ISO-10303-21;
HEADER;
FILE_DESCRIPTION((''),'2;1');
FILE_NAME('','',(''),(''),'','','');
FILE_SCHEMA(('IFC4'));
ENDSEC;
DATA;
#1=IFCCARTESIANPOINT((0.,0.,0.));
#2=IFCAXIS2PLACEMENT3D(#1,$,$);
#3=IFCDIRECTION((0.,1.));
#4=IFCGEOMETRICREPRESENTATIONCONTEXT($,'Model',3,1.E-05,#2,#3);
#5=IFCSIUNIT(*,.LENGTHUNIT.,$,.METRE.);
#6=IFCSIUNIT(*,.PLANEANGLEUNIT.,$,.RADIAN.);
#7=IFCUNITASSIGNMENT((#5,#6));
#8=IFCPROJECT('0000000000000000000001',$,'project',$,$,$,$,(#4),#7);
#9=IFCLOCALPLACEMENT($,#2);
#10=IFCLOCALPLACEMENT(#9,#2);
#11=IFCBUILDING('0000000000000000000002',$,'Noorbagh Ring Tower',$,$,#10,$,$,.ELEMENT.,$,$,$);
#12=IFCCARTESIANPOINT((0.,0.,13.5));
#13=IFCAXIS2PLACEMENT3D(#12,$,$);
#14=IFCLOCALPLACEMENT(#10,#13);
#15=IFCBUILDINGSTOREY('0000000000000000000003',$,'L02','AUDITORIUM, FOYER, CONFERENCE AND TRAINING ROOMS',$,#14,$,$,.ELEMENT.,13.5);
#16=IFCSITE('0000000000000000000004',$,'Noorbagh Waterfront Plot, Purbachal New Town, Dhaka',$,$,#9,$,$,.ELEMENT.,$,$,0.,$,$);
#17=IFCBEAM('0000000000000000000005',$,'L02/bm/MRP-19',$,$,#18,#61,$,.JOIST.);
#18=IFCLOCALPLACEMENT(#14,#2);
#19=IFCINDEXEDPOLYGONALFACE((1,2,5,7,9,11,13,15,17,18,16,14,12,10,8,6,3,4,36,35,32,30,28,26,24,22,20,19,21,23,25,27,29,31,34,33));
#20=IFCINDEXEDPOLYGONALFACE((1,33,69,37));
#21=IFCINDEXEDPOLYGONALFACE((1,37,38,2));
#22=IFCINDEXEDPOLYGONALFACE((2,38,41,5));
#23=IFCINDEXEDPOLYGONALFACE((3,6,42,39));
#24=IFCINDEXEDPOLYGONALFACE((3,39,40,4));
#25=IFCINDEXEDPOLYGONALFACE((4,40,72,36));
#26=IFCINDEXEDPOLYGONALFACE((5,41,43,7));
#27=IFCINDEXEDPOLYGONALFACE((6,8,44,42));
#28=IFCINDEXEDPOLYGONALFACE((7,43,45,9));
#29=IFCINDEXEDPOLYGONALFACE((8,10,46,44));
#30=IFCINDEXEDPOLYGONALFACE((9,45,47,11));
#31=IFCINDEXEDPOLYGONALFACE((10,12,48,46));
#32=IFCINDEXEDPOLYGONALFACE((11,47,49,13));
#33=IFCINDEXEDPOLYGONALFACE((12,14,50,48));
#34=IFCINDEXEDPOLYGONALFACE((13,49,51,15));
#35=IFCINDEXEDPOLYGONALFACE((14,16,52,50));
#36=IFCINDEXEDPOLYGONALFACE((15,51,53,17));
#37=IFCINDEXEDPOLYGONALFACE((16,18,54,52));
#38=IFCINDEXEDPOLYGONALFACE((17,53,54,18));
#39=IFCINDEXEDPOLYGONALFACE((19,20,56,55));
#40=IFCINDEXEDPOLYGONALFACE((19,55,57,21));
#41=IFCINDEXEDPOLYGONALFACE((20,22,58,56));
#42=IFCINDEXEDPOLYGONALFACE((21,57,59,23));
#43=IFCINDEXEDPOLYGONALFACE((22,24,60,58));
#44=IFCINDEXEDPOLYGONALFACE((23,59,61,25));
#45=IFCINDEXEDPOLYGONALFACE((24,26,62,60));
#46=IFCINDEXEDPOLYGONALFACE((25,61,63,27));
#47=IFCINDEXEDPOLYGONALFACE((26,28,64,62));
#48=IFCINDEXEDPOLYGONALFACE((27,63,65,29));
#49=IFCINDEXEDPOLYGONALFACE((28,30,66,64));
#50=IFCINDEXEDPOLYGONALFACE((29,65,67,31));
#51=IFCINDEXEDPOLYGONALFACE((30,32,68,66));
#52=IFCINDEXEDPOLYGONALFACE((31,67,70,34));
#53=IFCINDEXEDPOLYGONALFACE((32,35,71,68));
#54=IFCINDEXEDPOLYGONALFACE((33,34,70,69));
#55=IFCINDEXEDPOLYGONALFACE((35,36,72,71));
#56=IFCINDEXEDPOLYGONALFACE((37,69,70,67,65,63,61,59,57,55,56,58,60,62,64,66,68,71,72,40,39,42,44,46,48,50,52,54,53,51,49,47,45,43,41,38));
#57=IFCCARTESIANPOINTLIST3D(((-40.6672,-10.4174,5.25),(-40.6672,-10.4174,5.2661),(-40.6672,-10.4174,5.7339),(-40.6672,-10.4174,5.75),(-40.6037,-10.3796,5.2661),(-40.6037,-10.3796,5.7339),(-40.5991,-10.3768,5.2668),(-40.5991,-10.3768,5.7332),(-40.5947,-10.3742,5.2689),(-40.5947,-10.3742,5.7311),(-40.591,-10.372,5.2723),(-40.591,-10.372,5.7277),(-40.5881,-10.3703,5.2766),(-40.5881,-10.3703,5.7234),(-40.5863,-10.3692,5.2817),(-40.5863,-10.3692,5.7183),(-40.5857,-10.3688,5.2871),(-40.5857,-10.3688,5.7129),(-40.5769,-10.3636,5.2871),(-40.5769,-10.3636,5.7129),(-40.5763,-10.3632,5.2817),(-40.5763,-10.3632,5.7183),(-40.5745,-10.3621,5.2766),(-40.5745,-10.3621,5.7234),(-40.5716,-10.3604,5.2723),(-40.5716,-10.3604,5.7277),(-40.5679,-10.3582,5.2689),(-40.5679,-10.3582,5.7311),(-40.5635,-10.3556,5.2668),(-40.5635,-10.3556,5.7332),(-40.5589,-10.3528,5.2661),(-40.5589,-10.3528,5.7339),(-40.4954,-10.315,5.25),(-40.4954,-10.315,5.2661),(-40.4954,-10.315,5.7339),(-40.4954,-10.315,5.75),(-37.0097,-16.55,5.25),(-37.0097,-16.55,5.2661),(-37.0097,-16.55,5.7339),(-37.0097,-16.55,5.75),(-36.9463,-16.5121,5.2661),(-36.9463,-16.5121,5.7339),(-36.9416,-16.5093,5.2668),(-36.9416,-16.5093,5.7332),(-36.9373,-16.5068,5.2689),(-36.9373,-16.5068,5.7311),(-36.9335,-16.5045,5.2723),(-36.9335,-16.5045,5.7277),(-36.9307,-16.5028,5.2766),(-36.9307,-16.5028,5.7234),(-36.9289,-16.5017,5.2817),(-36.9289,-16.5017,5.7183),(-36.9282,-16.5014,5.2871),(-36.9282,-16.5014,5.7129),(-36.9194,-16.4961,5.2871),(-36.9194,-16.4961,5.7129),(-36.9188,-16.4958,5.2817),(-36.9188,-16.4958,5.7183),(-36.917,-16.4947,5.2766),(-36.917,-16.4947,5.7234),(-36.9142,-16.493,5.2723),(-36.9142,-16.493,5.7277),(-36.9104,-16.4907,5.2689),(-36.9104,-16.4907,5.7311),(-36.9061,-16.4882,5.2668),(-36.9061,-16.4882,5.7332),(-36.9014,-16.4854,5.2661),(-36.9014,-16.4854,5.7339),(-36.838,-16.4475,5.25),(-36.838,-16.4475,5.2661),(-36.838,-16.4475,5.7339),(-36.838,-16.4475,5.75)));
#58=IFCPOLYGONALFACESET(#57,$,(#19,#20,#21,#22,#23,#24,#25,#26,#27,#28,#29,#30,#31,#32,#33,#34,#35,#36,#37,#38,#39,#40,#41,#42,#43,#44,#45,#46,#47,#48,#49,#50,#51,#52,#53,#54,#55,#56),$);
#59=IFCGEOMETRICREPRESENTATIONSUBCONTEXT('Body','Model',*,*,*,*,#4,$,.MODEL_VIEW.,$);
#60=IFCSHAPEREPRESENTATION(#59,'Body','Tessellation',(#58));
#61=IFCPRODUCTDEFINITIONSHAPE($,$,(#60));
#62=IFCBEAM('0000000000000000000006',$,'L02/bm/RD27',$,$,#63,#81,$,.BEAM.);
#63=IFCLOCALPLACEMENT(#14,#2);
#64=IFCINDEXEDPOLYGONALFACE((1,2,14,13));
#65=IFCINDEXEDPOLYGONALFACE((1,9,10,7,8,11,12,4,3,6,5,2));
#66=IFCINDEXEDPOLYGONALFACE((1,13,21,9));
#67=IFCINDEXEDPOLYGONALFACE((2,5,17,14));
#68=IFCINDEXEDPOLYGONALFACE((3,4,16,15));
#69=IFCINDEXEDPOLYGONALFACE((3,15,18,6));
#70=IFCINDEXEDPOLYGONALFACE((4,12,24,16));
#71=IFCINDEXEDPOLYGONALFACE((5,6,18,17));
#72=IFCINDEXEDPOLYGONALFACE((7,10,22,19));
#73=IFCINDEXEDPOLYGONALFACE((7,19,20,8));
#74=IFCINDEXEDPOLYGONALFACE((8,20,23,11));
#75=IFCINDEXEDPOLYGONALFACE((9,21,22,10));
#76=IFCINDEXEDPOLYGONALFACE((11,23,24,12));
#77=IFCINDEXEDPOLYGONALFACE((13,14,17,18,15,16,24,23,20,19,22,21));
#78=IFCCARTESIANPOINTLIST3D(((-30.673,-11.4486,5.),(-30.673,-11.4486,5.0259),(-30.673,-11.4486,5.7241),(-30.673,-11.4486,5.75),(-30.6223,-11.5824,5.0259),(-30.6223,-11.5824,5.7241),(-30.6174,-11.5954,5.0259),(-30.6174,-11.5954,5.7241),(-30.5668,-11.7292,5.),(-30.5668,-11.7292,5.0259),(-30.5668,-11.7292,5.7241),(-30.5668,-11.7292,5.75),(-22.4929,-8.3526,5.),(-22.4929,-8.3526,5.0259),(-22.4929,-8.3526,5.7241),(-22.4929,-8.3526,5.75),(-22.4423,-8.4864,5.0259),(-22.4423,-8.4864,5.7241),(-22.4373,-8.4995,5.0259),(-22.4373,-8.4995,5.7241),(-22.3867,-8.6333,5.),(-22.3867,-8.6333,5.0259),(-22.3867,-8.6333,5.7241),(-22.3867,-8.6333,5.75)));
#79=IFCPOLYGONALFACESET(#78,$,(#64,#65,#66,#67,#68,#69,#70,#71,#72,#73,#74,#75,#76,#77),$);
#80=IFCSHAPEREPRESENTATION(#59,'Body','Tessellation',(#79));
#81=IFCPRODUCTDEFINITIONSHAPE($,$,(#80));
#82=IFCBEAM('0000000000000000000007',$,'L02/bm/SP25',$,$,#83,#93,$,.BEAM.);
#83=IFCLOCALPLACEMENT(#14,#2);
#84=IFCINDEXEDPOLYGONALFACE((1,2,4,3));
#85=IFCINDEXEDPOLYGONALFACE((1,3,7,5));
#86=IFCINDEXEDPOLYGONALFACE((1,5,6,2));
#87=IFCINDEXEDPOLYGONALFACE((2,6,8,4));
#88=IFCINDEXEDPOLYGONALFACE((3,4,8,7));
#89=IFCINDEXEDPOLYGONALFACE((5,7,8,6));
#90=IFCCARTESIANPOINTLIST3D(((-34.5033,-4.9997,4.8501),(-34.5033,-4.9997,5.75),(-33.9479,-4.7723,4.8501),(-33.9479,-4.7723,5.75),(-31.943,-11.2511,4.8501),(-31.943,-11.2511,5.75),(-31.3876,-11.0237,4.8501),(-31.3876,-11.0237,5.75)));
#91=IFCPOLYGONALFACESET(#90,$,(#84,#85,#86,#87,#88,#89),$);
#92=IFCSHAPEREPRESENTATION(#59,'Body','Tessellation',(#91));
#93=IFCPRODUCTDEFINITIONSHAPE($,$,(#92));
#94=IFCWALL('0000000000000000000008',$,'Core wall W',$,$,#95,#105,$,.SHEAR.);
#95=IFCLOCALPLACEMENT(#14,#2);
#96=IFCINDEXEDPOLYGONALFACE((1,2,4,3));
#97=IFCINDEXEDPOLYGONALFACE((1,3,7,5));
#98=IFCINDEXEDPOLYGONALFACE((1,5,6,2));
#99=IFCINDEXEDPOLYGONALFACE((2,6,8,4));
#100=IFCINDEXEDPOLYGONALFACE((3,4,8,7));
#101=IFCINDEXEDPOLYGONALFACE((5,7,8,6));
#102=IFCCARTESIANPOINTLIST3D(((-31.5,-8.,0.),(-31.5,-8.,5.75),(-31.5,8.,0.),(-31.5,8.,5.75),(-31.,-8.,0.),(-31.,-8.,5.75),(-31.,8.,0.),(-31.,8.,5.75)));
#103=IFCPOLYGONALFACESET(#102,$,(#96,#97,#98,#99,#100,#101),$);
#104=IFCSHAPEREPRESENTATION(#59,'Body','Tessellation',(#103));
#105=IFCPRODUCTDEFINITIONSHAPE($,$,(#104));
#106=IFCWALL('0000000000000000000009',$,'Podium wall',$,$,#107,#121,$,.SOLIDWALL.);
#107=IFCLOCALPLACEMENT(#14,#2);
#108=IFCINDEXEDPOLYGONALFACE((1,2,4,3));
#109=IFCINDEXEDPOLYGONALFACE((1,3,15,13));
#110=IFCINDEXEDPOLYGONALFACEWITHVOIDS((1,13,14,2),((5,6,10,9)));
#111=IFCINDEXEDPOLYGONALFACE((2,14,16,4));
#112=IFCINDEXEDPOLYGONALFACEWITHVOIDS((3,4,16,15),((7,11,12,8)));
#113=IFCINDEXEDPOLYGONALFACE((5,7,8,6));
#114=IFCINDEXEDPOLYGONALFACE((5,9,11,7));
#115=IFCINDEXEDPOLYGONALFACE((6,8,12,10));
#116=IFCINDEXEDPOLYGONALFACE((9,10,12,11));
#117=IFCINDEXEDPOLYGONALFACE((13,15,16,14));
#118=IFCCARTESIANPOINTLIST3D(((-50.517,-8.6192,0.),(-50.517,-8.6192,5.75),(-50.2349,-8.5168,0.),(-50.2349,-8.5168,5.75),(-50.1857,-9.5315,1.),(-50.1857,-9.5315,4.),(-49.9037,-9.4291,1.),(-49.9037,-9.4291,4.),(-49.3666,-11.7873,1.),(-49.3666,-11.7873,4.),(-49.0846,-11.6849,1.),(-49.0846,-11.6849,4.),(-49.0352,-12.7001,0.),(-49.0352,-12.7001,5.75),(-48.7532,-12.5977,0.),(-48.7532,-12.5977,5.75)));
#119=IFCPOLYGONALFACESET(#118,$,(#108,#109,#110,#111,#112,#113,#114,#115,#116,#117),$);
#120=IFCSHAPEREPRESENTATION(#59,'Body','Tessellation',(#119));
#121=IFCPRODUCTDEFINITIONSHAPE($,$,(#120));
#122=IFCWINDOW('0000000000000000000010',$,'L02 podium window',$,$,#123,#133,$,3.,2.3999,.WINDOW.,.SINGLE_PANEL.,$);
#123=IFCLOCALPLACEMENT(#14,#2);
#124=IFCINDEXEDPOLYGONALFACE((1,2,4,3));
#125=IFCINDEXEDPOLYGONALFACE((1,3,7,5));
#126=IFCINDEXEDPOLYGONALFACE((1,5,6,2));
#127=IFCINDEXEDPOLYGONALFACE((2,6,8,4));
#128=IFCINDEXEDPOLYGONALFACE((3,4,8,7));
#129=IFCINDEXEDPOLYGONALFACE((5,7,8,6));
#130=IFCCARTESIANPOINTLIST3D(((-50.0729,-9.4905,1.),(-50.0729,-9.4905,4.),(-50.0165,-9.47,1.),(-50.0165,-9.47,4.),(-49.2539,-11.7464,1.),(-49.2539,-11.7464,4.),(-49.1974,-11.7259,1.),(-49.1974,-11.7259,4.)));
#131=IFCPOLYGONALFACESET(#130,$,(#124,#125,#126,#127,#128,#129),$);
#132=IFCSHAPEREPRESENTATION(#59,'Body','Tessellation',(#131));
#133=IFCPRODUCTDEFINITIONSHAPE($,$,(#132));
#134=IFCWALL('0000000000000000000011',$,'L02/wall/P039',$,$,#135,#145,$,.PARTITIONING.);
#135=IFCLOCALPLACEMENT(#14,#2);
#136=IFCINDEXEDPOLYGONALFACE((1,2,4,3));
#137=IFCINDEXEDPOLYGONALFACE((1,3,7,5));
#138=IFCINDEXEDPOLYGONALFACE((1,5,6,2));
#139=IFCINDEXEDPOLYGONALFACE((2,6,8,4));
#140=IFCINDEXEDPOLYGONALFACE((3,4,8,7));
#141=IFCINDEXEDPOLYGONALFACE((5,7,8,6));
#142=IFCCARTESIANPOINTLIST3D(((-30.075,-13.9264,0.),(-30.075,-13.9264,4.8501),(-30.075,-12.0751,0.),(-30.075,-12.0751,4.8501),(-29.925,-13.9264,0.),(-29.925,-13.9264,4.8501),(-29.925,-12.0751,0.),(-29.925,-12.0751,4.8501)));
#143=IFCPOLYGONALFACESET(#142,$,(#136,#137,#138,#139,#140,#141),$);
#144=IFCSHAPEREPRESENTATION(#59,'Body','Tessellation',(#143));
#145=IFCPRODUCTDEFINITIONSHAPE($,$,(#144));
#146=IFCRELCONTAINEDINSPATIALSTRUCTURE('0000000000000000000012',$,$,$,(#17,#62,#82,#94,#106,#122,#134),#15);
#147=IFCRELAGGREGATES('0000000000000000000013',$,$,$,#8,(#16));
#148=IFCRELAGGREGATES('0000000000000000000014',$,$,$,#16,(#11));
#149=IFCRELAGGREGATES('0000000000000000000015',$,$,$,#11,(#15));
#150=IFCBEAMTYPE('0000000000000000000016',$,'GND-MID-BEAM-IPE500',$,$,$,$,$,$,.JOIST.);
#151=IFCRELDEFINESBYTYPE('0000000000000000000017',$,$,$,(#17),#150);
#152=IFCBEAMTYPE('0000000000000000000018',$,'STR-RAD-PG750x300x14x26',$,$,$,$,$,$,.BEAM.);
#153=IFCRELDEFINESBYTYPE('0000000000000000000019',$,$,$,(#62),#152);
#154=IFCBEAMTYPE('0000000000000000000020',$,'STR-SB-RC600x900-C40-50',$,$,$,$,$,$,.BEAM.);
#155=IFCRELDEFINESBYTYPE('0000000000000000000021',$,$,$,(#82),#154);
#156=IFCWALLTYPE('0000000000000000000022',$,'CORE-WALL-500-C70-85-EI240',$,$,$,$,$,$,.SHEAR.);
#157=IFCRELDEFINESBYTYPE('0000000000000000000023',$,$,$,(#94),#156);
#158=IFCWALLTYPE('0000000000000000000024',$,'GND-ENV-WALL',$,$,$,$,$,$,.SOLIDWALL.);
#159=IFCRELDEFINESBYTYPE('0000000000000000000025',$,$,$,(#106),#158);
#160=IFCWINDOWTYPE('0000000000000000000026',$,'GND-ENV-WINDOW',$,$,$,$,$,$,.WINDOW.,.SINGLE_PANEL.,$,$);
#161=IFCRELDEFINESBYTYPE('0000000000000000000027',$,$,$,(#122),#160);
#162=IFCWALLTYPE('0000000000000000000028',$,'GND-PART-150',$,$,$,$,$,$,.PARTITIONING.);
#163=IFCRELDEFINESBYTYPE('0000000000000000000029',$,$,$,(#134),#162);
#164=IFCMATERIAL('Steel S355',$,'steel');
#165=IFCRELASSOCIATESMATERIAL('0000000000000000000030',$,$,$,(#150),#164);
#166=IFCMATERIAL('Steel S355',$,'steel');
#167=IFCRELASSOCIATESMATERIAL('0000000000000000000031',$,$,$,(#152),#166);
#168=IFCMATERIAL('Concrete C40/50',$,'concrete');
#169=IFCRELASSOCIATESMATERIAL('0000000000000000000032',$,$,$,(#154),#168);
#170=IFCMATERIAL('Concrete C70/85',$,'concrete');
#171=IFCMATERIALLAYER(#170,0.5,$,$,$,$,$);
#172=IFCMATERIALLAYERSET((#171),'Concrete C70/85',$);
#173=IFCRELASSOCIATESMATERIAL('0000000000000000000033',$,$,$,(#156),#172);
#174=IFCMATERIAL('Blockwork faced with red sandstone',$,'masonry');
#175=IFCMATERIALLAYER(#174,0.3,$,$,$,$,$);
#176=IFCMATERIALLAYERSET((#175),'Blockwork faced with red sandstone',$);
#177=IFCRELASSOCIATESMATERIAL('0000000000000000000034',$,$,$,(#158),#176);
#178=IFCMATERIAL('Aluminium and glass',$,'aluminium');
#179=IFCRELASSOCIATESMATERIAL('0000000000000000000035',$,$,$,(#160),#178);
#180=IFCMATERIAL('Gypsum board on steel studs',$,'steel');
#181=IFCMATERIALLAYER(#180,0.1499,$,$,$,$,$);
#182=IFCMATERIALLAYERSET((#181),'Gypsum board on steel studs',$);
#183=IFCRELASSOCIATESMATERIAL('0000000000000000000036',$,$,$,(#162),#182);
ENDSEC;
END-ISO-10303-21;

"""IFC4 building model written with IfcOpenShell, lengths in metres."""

from ifc_helpers import new_model, si_unit, direction, frame, frame_2d, origin, origin_2d, place, context, subcontext, project, spatial, rectangle, i_section, extrude, material, layer, layer_set, material_profile, profile_set, type_object, element, fill, save


model = new_model("IFC4")

# Units and contexts
model_context = context("Model", 3, precision=1e-05, world=origin(), true_north=direction((0.0, 1.0)))
body_context = subcontext(model_context, "Body", "Model", "MODEL_VIEW")
ifc_project = project(units=[si_unit("LENGTHUNIT", "METRE"), si_unit("PLANEANGLEUNIT", "RADIAN")], contexts=[model_context])

# Site, building, storey
site_placement = place(None, origin())
site = spatial("IfcSite", under=ifc_project, at=site_placement, Name="Noorbagh Waterfront Plot, Purbachal New Town, Dhaka", CompositionType="ELEMENT", RefElevation=0.0)
building_placement = place(site_placement, origin())
building = spatial("IfcBuilding", under=site, at=building_placement, Name="Noorbagh Ring Tower", CompositionType="ELEMENT")
storey_placement = place(building_placement, frame((0.0, 0.0, 13.5)))
storey = spatial("IfcBuildingStorey", under=building, at=storey_placement, Name="L02", Description="AUDITORIUM, FOYER, CONFERENCE AND TRAINING ROOMS", CompositionType="ELEMENT", Elevation=13.5)

# Beams
ifc_material_1 = material(Name="Steel S355", Category="steel")
ifc_material_profile_1 = material_profile(ifc_material_1, i_section(OverallWidth=0.2, OverallDepth=0.5, WebThickness=0.0103, FlangeThickness=0.0161, FilletRadius=0.021, at=origin_2d()), Name="IPE500")
ifc_profile_set_1 = profile_set([ifc_material_profile_1], Name="Steel S355")
beam_type_1 = type_object("IfcBeamType", Name="GND-MID-BEAM-IPE500", PredefinedType="JOIST", material=ifc_profile_set_1)
beam_1_placement = place(storey_placement, frame((-40.5813, -10.3662, 5.5), z_axis=(0.512221, -0.858854, 0.0), x_axis=(0.858854, 0.512221, 0.0)))
element("IfcBeam", 1, at=beam_1_placement, inside=storey, type_object=beam_type_1, Name="L02/bm/MRP-19", PredefinedType="JOIST", context=body_context, shape_type="SweptSolid", body=[
    extrude(i_section(OverallWidth=0.2, OverallDepth=0.5, WebThickness=0.0103, FlangeThickness=0.0161, FilletRadius=0.021, at=origin_2d()), origin(), (0.0, 0.0, 1.0), 7.1404),
])
ifc_material_2 = material(Name="Steel S355", Category="steel")
ifc_material_profile_2 = material_profile(ifc_material_2, i_section(OverallWidth=0.3, OverallDepth=0.75, WebThickness=0.0139, FlangeThickness=0.0259, at=origin_2d()), Name="PG750x300x14x26")
ifc_profile_set_2 = profile_set([ifc_material_profile_2], Name="Steel S355")
beam_type_2 = type_object("IfcBeamType", Name="STR-RAD-PG750x300x14x26", PredefinedType="BEAM", material=ifc_profile_set_2)
beam_2_placement = place(storey_placement, frame((-30.6199, -11.5889, 5.375), z_axis=(0.935258, 0.353967, 0.0), x_axis=(-0.353967, 0.935258, 0.0)))
element("IfcBeam", 2, at=beam_2_placement, inside=storey, type_object=beam_type_2, Name="L02/bm/RD27", PredefinedType="BEAM", context=body_context, shape_type="SweptSolid", body=[
    extrude(i_section(OverallWidth=0.3, OverallDepth=0.75, WebThickness=0.0139, FlangeThickness=0.0259, at=origin_2d()), origin(), (0.0, 0.0, 1.0), 8.7463),
])
ifc_material_3 = material(Name="Concrete C40/50", Category="concrete")
ifc_material_profile_3 = material_profile(ifc_material_3, rectangle(XDim=0.6001, YDim=0.8999, at=origin_2d()), Name="RC600x900")
ifc_profile_set_3 = profile_set([ifc_material_profile_3], Name="Concrete C40/50")
beam_type_3 = type_object("IfcBeamType", Name="STR-SB-RC600x900-C40-50", PredefinedType="BEAM", material=ifc_profile_set_3)
beam_3_placement = place(storey_placement, frame((-34.2256, -4.886, 5.3), z_axis=(0.378999, -0.925397, 0.0), x_axis=(0.925397, 0.378999, 0.0)))
element("IfcBeam", 3, at=beam_3_placement, inside=storey, type_object=beam_type_3, Name="L02/bm/SP25", PredefinedType="BEAM", context=body_context, shape_type="SweptSolid", body=[
    extrude(rectangle(XDim=0.6001, YDim=0.8999, at=origin_2d()), origin(), (0.0, 0.0, 1.0), 6.7554),
])

# Wall
ifc_material_4 = material(Name="Concrete C70/85", Category="concrete")
ifc_layer_1 = layer(ifc_material_4, 0.5)
ifc_layer_set_1 = layer_set([ifc_layer_1], Name="Concrete C70/85")
wall_type_1 = type_object("IfcWallType", Name="CORE-WALL-500-C70-85-EI240", PredefinedType="SHEAR", material=ifc_layer_set_1)
wall_1_placement = place(storey_placement, frame((-31.25, -8.0, 0.0), z_axis=(0.0, 0.0, 1.0), x_axis=(0.0, 1.0, 0.0)))
element("IfcWall", 4, at=wall_1_placement, inside=storey, type_object=wall_type_1, Name="Core wall W", PredefinedType="SHEAR", context=body_context, shape_type="SweptSolid", body=[
    extrude(rectangle(XDim=16.0, YDim=0.5, at=frame_2d((8.0, 0.0))), origin(), (0.0, 0.0, 1.0), 5.75),
])

# Wall, opening, window
ifc_material_5 = material(Name="Blockwork faced with red sandstone", Category="masonry")
ifc_layer_2 = layer(ifc_material_5, 0.3)
ifc_layer_set_2 = layer_set([ifc_layer_2], Name="Blockwork faced with red sandstone")
wall_type_2 = type_object("IfcWallType", Name="GND-ENV-WALL", PredefinedType="SOLIDWALL", material=ifc_layer_set_2)
wall_2_placement = place(storey_placement, frame((-50.376, -8.5679, 0.0), z_axis=(0.0, 0.0, 1.0), x_axis=(0.341287, -0.939959, 0.0)))
wall_2 = element("IfcWall", 5, at=wall_2_placement, inside=storey, type_object=wall_type_2, Name="Podium wall", PredefinedType="SOLIDWALL", context=body_context, shape_type="SweptSolid", body=[
    extrude(rectangle(XDim=4.3416, YDim=0.3, at=frame_2d((2.1709, 0.0))), origin(), (0.0, 0.0, 1.0), 5.75),
])
opening_1_placement = place(wall_2_placement, frame((0.9707, 0.0, 1.0)))
opening_1 = element("IfcOpeningElement", 6, at=opening_1_placement, cuts=wall_2, PredefinedType="OPENING", context=body_context, shape_type="SweptSolid", body=[
    extrude(rectangle(XDim=2.3999, YDim=3.0, at=frame_2d((1.2, 1.5))), frame((0.0, 0.1602, 0.0), z_axis=(0.0, -1.0, 0.0), x_axis=(1.0, 0.0, 0.0)), (0.0, 0.0, 1.0), 0.3201),
])
ifc_material_6 = material(Name="Aluminium and glass", Category="aluminium")
window_type = type_object("IfcWindowType", Name="GND-ENV-WINDOW", PartitioningType="SINGLE_PANEL", PredefinedType="WINDOW", material=ifc_material_6)
window_placement = place(opening_1_placement, origin())
window = element("IfcWindow", 7, at=window_placement, inside=storey, type_object=window_type, Name="L02 podium window", OverallHeight=3.0, OverallWidth=2.3999, PartitioningType="SINGLE_PANEL", PredefinedType="WINDOW", context=body_context, shape_type="SweptSolid", body=[
    extrude(rectangle(XDim=2.3999, YDim=3.0, at=frame_2d((1.2, 1.5))), frame((0.0, 0.03, 0.0), z_axis=(0.0, -1.0, 0.0), x_axis=(1.0, 0.0, 0.0)), (0.0, 0.0, 1.0), 0.0601),
])
fill(opening_1, window)

# Wall
ifc_material_7 = material(Name="Gypsum board on steel studs", Category="steel")
ifc_layer_3 = layer(ifc_material_7, 0.1499)
ifc_layer_set_3 = layer_set([ifc_layer_3], Name="Gypsum board on steel studs")
wall_type_3 = type_object("IfcWallType", Name="GND-PART-150", PredefinedType="PARTITIONING", material=ifc_layer_set_3)
wall_3_placement = place(storey_placement, frame((-30.0, -12.075, 0.0), z_axis=(0.0, 0.0, 1.0), x_axis=(0.0, -1.0, 0.0)))
element("IfcWall", 8, at=wall_3_placement, inside=storey, type_object=wall_type_3, Name="L02/wall/P039", PredefinedType="PARTITIONING", context=body_context, shape_type="SweptSolid", body=[
    extrude(rectangle(XDim=1.8513, YDim=0.1499, at=frame_2d((0.9258, 0.0))), origin(), (0.0, 0.0, 1.0), 4.8501),
])

save(model, "model.ifc")
